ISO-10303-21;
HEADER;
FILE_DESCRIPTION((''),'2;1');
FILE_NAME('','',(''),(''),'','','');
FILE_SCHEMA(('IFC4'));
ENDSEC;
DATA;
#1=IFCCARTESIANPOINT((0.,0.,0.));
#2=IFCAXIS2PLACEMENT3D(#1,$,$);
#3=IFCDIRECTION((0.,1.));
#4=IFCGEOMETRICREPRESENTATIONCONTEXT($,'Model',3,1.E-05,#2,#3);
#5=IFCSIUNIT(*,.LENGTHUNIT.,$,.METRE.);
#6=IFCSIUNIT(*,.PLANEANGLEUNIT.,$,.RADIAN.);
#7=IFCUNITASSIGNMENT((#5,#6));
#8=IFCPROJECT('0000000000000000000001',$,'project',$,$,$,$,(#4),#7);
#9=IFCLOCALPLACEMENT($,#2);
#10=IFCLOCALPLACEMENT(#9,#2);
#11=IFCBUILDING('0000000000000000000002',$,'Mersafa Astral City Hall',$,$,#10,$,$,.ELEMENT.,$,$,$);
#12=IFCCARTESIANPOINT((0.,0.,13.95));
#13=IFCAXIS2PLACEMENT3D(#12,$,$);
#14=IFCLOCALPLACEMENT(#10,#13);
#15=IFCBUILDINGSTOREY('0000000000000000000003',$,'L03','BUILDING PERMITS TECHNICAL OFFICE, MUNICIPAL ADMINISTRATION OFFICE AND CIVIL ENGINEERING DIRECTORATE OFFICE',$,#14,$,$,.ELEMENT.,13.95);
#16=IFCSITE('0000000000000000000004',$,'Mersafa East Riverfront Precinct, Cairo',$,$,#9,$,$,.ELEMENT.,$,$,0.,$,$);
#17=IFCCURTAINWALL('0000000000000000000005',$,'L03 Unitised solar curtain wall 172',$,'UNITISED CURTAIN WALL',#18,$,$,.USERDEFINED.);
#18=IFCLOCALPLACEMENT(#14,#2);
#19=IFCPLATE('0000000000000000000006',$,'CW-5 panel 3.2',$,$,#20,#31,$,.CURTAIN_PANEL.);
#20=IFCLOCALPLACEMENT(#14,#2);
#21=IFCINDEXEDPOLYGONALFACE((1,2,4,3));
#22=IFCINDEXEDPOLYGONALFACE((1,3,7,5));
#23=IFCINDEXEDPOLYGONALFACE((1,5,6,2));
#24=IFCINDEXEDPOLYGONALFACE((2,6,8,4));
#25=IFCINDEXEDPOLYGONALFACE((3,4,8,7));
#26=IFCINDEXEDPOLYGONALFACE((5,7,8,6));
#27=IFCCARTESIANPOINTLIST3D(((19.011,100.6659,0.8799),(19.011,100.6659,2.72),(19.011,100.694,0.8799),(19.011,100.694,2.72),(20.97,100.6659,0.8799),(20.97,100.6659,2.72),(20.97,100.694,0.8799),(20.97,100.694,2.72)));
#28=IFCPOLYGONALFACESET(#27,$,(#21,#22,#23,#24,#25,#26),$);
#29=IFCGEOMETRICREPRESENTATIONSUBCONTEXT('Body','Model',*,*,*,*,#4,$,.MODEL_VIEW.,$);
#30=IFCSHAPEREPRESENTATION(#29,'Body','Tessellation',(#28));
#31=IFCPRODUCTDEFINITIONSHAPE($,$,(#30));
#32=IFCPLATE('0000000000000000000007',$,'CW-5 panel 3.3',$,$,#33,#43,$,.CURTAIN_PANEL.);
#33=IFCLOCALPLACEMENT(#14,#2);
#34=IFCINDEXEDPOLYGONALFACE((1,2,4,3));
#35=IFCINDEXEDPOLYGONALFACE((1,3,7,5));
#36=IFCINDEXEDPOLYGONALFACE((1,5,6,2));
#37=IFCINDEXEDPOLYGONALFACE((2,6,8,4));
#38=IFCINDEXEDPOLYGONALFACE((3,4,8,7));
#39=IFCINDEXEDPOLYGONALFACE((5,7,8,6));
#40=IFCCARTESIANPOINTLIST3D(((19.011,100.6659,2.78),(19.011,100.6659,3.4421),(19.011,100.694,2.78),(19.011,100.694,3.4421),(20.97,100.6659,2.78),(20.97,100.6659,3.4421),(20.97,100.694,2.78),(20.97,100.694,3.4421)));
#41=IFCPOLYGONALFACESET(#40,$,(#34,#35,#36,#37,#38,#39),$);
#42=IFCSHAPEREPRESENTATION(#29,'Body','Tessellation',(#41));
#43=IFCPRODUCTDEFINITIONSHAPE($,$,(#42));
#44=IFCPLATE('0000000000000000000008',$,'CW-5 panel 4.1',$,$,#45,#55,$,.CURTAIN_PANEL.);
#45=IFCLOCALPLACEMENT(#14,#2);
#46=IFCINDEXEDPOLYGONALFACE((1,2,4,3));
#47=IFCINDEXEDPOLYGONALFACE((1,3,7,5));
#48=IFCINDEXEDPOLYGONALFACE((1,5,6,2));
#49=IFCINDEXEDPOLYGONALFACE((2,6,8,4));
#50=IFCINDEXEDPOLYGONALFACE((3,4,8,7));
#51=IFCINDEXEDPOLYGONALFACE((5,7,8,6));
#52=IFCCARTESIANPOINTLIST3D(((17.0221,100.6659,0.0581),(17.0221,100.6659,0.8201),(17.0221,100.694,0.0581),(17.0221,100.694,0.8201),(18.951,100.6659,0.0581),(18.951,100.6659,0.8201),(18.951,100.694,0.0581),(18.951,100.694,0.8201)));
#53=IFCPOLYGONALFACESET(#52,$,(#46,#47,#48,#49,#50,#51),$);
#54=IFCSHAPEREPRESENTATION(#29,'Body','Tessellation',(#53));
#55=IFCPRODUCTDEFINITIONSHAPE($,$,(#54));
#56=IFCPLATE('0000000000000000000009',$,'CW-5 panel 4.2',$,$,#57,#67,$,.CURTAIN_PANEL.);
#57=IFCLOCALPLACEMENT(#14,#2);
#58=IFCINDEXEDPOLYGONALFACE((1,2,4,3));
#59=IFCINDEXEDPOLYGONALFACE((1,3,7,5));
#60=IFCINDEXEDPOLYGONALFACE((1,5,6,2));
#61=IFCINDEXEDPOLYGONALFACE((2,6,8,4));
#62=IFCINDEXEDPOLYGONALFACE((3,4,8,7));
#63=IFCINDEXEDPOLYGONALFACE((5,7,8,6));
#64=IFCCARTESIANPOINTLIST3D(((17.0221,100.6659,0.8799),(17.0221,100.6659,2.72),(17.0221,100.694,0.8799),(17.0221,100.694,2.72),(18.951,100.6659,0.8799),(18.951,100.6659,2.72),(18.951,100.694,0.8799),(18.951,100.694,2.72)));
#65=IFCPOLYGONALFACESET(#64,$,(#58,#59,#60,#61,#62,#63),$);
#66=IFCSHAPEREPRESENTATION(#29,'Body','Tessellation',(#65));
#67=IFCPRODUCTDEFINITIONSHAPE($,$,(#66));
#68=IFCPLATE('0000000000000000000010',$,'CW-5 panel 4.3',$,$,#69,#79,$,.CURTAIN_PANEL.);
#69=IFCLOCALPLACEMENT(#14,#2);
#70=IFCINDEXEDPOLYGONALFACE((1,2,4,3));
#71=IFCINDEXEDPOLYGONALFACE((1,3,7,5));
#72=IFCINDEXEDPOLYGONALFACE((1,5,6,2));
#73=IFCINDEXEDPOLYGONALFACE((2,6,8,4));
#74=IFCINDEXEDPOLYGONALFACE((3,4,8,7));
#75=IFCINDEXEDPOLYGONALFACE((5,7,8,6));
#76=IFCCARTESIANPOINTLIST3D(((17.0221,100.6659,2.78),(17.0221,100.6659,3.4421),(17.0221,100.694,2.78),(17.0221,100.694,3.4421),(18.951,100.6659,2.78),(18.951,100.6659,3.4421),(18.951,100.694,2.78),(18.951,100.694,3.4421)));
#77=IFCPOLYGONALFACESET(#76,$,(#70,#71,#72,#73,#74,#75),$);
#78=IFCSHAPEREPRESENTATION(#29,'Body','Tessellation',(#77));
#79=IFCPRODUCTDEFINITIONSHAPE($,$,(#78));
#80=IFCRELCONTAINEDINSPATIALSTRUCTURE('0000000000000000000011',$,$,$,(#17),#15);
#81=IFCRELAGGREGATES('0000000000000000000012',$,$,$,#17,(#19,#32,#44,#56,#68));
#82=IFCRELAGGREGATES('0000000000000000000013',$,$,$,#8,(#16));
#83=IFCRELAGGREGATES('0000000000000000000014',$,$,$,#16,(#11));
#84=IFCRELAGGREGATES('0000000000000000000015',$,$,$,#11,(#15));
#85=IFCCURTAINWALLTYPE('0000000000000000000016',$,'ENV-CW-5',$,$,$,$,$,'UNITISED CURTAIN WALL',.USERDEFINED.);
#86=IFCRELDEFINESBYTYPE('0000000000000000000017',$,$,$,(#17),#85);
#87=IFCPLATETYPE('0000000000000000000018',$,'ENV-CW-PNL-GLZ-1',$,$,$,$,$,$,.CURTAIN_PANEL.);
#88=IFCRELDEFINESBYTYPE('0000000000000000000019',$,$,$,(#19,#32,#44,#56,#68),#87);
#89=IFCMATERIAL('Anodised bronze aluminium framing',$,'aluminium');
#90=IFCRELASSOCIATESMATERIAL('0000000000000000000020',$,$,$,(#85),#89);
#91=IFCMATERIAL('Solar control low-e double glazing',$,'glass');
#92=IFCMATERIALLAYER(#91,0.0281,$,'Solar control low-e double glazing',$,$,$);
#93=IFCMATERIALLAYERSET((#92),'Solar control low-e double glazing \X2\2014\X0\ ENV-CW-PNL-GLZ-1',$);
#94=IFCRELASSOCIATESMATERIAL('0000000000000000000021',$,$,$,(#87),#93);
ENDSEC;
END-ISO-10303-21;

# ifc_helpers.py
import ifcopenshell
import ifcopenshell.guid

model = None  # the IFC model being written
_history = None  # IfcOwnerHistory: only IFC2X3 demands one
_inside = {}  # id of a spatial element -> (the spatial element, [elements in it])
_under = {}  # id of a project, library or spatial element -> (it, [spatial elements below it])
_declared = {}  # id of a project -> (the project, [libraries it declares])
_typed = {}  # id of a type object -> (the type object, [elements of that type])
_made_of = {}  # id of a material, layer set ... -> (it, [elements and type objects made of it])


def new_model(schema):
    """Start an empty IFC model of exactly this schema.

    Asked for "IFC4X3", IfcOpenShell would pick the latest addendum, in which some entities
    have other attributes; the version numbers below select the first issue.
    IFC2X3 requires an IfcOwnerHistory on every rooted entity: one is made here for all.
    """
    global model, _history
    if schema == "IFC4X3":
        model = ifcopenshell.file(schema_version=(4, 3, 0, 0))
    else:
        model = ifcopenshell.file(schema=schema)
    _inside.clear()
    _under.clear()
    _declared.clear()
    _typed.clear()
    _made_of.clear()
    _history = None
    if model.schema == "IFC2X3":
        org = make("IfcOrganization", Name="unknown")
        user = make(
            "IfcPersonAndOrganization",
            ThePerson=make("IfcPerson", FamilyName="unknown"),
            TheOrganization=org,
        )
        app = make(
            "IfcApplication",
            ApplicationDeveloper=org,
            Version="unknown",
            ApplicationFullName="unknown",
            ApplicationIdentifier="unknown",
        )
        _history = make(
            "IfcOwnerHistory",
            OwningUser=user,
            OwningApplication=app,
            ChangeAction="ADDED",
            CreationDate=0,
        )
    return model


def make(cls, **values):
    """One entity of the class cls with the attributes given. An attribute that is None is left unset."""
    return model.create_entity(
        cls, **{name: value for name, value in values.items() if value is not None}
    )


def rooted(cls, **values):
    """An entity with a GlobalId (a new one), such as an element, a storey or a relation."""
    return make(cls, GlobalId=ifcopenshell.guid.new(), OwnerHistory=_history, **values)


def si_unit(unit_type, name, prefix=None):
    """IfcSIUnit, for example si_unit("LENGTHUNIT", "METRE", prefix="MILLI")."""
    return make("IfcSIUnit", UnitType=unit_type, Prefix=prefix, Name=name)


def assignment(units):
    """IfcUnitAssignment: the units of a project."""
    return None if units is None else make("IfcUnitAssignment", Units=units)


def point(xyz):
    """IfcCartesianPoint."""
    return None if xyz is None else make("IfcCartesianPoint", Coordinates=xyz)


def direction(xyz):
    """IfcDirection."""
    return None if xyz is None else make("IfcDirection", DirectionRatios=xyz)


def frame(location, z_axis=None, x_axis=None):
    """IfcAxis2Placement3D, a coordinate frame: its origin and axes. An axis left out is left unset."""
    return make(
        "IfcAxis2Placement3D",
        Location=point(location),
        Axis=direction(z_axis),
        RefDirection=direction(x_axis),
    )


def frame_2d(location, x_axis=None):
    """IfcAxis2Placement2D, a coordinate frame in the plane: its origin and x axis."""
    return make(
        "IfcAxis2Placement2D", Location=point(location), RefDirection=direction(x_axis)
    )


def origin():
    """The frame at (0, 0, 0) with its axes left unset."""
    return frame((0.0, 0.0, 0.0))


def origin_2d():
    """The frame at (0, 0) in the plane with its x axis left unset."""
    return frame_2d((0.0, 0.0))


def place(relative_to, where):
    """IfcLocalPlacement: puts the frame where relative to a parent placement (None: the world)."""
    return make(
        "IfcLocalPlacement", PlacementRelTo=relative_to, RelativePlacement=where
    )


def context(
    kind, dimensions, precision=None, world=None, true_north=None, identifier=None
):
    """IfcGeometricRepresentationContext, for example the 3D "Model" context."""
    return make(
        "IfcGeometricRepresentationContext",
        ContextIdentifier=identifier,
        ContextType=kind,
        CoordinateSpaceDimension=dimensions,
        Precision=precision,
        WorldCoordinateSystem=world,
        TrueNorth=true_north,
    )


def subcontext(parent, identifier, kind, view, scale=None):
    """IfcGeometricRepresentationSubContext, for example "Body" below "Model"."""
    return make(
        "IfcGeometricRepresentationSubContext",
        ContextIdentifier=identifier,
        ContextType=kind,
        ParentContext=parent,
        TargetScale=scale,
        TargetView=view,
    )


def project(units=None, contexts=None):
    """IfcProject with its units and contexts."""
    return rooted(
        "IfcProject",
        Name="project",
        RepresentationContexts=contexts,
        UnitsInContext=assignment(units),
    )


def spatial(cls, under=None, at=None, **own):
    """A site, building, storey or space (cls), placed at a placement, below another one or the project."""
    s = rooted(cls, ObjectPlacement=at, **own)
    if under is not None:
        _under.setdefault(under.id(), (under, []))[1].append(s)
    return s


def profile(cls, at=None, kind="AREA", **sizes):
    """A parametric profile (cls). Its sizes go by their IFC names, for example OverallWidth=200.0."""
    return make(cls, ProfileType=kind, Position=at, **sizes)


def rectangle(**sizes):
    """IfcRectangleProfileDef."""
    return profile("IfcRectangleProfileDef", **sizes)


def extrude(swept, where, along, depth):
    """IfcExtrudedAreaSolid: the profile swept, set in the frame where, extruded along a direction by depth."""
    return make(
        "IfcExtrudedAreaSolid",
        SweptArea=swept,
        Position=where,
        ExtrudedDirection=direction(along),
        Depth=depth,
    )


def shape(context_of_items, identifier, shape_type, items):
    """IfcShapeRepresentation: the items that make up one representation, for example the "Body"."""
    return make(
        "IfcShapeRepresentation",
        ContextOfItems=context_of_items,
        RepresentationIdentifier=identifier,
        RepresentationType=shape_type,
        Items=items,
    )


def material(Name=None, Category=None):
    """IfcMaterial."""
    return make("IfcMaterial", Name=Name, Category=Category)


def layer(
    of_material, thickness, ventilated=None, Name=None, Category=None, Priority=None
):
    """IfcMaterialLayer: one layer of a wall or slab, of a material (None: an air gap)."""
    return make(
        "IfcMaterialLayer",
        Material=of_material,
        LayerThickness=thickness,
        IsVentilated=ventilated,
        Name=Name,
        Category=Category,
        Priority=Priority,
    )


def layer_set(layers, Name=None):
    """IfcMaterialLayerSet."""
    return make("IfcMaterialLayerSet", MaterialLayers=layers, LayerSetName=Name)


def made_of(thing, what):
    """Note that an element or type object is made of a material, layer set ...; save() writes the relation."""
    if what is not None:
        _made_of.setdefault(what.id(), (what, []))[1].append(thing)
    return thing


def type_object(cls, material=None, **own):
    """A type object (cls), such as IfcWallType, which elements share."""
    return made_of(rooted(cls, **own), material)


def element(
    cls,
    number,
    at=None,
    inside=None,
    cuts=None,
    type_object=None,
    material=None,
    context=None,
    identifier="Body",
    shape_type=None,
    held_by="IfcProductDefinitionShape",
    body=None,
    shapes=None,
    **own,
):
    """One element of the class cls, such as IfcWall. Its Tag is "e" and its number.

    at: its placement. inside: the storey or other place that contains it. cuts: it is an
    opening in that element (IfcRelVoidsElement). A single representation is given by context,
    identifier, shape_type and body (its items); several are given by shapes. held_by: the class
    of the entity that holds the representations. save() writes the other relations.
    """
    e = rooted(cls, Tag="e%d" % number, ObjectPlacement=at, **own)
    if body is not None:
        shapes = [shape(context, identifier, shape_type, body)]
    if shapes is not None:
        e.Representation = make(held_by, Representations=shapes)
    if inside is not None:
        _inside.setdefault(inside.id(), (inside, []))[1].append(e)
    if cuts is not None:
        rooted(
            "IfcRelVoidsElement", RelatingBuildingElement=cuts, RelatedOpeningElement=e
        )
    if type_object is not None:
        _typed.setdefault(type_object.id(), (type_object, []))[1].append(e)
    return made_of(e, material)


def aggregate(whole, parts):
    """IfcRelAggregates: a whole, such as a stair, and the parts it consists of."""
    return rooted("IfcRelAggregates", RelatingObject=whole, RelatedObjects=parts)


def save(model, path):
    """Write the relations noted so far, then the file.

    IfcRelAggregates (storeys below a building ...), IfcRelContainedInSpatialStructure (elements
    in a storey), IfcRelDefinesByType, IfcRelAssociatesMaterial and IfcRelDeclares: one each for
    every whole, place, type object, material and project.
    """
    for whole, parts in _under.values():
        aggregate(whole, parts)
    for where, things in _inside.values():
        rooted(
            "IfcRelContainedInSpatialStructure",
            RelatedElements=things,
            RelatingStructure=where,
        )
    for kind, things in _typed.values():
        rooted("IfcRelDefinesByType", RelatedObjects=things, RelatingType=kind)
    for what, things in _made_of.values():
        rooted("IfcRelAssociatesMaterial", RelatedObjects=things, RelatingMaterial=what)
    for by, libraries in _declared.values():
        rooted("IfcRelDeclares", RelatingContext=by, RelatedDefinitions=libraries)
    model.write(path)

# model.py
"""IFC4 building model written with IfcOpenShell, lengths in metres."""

from ifc_helpers import new_model, si_unit, direction, frame, origin, origin_2d, place, context, subcontext, project, spatial, rectangle, extrude, material, layer, layer_set, type_object, element, aggregate, save


model = new_model("IFC4")

# Units and contexts
model_context = context("Model", 3, precision=1e-05, world=origin(), true_north=direction((0.0, 1.0)))
body_context = subcontext(model_context, "Body", "Model", "MODEL_VIEW")
ifc_project = project(units=[si_unit("LENGTHUNIT", "METRE"), si_unit("PLANEANGLEUNIT", "RADIAN")], contexts=[model_context])

# Site, building, storey
site_placement = place(None, origin())
site = spatial("IfcSite", under=ifc_project, at=site_placement, Name="Mersafa East Riverfront Precinct, Cairo", CompositionType="ELEMENT", RefElevation=0.0)
building_placement = place(site_placement, origin())
building = spatial("IfcBuilding", under=site, at=building_placement, Name="Mersafa Astral City Hall", CompositionType="ELEMENT")
storey_placement = place(building_placement, frame((0.0, 0.0, 13.95)))
storey = spatial("IfcBuildingStorey", under=building, at=storey_placement, Name="L03", Description="BUILDING PERMITS TECHNICAL OFFICE, MUNICIPAL ADMINISTRATION OFFICE AND CIVIL ENGINEERING DIRECTORATE OFFICE", CompositionType="ELEMENT", Elevation=13.95)

# Curtain wall
ifc_material_1 = material(Name="Anodised bronze aluminium framing", Category="aluminium")
curtain_wall_type_1 = type_object("IfcCurtainWallType", Name="ENV-CW-5", ElementType="UNITISED CURTAIN WALL", PredefinedType="USERDEFINED", material=ifc_material_1)
curtain_wall_1_placement = place(storey_placement, origin())
curtain_wall_1 = element("IfcCurtainWall", 1, at=curtain_wall_1_placement, inside=storey, type_object=curtain_wall_type_1, Name="L03 Unitised solar curtain wall 172", ObjectType="UNITISED CURTAIN WALL", PredefinedType="USERDEFINED")

# Plates
ifc_material_2 = material(Name="Solar control low-e double glazing", Category="glass")
ifc_layer = layer(ifc_material_2, 0.0281, Name="Solar control low-e double glazing")
ifc_layer_set = layer_set([ifc_layer], Name="Solar control low-e double glazing — ENV-CW-PNL-GLZ-1")
plate_type = type_object("IfcPlateType", Name="ENV-CW-PNL-GLZ-1", PredefinedType="CURTAIN_PANEL", material=ifc_layer_set)
plate_1_placement = place(storey_placement, frame((19.9905, 100.6799, 0.8799), z_axis=(0.0, 0.0, 1.0), x_axis=(-1.0, 0.0, 0.0)))
plate_1 = element("IfcPlate", 2, at=plate_1_placement, type_object=plate_type, Name="CW-5 panel 3.2", PredefinedType="CURTAIN_PANEL", context=body_context, shape_type="SweptSolid", body=[
    extrude(rectangle(XDim=1.959, YDim=0.0281, at=origin_2d()), origin(), (0.0, 0.0, 1.0), 1.8401),
])
plate_2_placement = place(storey_placement, frame((19.9905, 100.6799, 2.78), z_axis=(0.0, 0.0, 1.0), x_axis=(-1.0, 0.0, 0.0)))
plate_2 = element("IfcPlate", 3, at=plate_2_placement, type_object=plate_type, Name="CW-5 panel 3.3", PredefinedType="CURTAIN_PANEL", context=body_context, shape_type="SweptSolid", body=[
    extrude(rectangle(XDim=1.959, YDim=0.0281, at=origin_2d()), origin(), (0.0, 0.0, 1.0), 0.6621),
])
plate_3_placement = place(storey_placement, frame((17.9866, 100.6799, 0.0581), z_axis=(0.0, 0.0, 1.0), x_axis=(-1.0, 0.0, 0.0)))
plate_3 = element("IfcPlate", 4, at=plate_3_placement, type_object=plate_type, Name="CW-5 panel 4.1", PredefinedType="CURTAIN_PANEL", context=body_context, shape_type="SweptSolid", body=[
    extrude(rectangle(XDim=1.929, YDim=0.0281, at=origin_2d()), origin(), (0.0, 0.0, 1.0), 0.762),
])
plate_4_placement = place(storey_placement, frame((17.9866, 100.6799, 0.8799), z_axis=(0.0, 0.0, 1.0), x_axis=(-1.0, 0.0, 0.0)))
plate_4 = element("IfcPlate", 5, at=plate_4_placement, type_object=plate_type, Name="CW-5 panel 4.2", PredefinedType="CURTAIN_PANEL", context=body_context, shape_type="SweptSolid", body=[
    extrude(rectangle(XDim=1.929, YDim=0.0281, at=origin_2d()), origin(), (0.0, 0.0, 1.0), 1.8401),
])
plate_5_placement = place(storey_placement, frame((17.9866, 100.6799, 2.78), z_axis=(0.0, 0.0, 1.0), x_axis=(-1.0, 0.0, 0.0)))
plate_5 = element("IfcPlate", 6, at=plate_5_placement, type_object=plate_type, Name="CW-5 panel 4.3", PredefinedType="CURTAIN_PANEL", context=body_context, shape_type="SweptSolid", body=[
    extrude(rectangle(XDim=1.929, YDim=0.0281, at=origin_2d()), origin(), (0.0, 0.0, 1.0), 0.6621),
])
aggregate(curtain_wall_1, [plate_1, plate_2, plate_3, plate_4, plate_5])

save(model, "model.ifc")
